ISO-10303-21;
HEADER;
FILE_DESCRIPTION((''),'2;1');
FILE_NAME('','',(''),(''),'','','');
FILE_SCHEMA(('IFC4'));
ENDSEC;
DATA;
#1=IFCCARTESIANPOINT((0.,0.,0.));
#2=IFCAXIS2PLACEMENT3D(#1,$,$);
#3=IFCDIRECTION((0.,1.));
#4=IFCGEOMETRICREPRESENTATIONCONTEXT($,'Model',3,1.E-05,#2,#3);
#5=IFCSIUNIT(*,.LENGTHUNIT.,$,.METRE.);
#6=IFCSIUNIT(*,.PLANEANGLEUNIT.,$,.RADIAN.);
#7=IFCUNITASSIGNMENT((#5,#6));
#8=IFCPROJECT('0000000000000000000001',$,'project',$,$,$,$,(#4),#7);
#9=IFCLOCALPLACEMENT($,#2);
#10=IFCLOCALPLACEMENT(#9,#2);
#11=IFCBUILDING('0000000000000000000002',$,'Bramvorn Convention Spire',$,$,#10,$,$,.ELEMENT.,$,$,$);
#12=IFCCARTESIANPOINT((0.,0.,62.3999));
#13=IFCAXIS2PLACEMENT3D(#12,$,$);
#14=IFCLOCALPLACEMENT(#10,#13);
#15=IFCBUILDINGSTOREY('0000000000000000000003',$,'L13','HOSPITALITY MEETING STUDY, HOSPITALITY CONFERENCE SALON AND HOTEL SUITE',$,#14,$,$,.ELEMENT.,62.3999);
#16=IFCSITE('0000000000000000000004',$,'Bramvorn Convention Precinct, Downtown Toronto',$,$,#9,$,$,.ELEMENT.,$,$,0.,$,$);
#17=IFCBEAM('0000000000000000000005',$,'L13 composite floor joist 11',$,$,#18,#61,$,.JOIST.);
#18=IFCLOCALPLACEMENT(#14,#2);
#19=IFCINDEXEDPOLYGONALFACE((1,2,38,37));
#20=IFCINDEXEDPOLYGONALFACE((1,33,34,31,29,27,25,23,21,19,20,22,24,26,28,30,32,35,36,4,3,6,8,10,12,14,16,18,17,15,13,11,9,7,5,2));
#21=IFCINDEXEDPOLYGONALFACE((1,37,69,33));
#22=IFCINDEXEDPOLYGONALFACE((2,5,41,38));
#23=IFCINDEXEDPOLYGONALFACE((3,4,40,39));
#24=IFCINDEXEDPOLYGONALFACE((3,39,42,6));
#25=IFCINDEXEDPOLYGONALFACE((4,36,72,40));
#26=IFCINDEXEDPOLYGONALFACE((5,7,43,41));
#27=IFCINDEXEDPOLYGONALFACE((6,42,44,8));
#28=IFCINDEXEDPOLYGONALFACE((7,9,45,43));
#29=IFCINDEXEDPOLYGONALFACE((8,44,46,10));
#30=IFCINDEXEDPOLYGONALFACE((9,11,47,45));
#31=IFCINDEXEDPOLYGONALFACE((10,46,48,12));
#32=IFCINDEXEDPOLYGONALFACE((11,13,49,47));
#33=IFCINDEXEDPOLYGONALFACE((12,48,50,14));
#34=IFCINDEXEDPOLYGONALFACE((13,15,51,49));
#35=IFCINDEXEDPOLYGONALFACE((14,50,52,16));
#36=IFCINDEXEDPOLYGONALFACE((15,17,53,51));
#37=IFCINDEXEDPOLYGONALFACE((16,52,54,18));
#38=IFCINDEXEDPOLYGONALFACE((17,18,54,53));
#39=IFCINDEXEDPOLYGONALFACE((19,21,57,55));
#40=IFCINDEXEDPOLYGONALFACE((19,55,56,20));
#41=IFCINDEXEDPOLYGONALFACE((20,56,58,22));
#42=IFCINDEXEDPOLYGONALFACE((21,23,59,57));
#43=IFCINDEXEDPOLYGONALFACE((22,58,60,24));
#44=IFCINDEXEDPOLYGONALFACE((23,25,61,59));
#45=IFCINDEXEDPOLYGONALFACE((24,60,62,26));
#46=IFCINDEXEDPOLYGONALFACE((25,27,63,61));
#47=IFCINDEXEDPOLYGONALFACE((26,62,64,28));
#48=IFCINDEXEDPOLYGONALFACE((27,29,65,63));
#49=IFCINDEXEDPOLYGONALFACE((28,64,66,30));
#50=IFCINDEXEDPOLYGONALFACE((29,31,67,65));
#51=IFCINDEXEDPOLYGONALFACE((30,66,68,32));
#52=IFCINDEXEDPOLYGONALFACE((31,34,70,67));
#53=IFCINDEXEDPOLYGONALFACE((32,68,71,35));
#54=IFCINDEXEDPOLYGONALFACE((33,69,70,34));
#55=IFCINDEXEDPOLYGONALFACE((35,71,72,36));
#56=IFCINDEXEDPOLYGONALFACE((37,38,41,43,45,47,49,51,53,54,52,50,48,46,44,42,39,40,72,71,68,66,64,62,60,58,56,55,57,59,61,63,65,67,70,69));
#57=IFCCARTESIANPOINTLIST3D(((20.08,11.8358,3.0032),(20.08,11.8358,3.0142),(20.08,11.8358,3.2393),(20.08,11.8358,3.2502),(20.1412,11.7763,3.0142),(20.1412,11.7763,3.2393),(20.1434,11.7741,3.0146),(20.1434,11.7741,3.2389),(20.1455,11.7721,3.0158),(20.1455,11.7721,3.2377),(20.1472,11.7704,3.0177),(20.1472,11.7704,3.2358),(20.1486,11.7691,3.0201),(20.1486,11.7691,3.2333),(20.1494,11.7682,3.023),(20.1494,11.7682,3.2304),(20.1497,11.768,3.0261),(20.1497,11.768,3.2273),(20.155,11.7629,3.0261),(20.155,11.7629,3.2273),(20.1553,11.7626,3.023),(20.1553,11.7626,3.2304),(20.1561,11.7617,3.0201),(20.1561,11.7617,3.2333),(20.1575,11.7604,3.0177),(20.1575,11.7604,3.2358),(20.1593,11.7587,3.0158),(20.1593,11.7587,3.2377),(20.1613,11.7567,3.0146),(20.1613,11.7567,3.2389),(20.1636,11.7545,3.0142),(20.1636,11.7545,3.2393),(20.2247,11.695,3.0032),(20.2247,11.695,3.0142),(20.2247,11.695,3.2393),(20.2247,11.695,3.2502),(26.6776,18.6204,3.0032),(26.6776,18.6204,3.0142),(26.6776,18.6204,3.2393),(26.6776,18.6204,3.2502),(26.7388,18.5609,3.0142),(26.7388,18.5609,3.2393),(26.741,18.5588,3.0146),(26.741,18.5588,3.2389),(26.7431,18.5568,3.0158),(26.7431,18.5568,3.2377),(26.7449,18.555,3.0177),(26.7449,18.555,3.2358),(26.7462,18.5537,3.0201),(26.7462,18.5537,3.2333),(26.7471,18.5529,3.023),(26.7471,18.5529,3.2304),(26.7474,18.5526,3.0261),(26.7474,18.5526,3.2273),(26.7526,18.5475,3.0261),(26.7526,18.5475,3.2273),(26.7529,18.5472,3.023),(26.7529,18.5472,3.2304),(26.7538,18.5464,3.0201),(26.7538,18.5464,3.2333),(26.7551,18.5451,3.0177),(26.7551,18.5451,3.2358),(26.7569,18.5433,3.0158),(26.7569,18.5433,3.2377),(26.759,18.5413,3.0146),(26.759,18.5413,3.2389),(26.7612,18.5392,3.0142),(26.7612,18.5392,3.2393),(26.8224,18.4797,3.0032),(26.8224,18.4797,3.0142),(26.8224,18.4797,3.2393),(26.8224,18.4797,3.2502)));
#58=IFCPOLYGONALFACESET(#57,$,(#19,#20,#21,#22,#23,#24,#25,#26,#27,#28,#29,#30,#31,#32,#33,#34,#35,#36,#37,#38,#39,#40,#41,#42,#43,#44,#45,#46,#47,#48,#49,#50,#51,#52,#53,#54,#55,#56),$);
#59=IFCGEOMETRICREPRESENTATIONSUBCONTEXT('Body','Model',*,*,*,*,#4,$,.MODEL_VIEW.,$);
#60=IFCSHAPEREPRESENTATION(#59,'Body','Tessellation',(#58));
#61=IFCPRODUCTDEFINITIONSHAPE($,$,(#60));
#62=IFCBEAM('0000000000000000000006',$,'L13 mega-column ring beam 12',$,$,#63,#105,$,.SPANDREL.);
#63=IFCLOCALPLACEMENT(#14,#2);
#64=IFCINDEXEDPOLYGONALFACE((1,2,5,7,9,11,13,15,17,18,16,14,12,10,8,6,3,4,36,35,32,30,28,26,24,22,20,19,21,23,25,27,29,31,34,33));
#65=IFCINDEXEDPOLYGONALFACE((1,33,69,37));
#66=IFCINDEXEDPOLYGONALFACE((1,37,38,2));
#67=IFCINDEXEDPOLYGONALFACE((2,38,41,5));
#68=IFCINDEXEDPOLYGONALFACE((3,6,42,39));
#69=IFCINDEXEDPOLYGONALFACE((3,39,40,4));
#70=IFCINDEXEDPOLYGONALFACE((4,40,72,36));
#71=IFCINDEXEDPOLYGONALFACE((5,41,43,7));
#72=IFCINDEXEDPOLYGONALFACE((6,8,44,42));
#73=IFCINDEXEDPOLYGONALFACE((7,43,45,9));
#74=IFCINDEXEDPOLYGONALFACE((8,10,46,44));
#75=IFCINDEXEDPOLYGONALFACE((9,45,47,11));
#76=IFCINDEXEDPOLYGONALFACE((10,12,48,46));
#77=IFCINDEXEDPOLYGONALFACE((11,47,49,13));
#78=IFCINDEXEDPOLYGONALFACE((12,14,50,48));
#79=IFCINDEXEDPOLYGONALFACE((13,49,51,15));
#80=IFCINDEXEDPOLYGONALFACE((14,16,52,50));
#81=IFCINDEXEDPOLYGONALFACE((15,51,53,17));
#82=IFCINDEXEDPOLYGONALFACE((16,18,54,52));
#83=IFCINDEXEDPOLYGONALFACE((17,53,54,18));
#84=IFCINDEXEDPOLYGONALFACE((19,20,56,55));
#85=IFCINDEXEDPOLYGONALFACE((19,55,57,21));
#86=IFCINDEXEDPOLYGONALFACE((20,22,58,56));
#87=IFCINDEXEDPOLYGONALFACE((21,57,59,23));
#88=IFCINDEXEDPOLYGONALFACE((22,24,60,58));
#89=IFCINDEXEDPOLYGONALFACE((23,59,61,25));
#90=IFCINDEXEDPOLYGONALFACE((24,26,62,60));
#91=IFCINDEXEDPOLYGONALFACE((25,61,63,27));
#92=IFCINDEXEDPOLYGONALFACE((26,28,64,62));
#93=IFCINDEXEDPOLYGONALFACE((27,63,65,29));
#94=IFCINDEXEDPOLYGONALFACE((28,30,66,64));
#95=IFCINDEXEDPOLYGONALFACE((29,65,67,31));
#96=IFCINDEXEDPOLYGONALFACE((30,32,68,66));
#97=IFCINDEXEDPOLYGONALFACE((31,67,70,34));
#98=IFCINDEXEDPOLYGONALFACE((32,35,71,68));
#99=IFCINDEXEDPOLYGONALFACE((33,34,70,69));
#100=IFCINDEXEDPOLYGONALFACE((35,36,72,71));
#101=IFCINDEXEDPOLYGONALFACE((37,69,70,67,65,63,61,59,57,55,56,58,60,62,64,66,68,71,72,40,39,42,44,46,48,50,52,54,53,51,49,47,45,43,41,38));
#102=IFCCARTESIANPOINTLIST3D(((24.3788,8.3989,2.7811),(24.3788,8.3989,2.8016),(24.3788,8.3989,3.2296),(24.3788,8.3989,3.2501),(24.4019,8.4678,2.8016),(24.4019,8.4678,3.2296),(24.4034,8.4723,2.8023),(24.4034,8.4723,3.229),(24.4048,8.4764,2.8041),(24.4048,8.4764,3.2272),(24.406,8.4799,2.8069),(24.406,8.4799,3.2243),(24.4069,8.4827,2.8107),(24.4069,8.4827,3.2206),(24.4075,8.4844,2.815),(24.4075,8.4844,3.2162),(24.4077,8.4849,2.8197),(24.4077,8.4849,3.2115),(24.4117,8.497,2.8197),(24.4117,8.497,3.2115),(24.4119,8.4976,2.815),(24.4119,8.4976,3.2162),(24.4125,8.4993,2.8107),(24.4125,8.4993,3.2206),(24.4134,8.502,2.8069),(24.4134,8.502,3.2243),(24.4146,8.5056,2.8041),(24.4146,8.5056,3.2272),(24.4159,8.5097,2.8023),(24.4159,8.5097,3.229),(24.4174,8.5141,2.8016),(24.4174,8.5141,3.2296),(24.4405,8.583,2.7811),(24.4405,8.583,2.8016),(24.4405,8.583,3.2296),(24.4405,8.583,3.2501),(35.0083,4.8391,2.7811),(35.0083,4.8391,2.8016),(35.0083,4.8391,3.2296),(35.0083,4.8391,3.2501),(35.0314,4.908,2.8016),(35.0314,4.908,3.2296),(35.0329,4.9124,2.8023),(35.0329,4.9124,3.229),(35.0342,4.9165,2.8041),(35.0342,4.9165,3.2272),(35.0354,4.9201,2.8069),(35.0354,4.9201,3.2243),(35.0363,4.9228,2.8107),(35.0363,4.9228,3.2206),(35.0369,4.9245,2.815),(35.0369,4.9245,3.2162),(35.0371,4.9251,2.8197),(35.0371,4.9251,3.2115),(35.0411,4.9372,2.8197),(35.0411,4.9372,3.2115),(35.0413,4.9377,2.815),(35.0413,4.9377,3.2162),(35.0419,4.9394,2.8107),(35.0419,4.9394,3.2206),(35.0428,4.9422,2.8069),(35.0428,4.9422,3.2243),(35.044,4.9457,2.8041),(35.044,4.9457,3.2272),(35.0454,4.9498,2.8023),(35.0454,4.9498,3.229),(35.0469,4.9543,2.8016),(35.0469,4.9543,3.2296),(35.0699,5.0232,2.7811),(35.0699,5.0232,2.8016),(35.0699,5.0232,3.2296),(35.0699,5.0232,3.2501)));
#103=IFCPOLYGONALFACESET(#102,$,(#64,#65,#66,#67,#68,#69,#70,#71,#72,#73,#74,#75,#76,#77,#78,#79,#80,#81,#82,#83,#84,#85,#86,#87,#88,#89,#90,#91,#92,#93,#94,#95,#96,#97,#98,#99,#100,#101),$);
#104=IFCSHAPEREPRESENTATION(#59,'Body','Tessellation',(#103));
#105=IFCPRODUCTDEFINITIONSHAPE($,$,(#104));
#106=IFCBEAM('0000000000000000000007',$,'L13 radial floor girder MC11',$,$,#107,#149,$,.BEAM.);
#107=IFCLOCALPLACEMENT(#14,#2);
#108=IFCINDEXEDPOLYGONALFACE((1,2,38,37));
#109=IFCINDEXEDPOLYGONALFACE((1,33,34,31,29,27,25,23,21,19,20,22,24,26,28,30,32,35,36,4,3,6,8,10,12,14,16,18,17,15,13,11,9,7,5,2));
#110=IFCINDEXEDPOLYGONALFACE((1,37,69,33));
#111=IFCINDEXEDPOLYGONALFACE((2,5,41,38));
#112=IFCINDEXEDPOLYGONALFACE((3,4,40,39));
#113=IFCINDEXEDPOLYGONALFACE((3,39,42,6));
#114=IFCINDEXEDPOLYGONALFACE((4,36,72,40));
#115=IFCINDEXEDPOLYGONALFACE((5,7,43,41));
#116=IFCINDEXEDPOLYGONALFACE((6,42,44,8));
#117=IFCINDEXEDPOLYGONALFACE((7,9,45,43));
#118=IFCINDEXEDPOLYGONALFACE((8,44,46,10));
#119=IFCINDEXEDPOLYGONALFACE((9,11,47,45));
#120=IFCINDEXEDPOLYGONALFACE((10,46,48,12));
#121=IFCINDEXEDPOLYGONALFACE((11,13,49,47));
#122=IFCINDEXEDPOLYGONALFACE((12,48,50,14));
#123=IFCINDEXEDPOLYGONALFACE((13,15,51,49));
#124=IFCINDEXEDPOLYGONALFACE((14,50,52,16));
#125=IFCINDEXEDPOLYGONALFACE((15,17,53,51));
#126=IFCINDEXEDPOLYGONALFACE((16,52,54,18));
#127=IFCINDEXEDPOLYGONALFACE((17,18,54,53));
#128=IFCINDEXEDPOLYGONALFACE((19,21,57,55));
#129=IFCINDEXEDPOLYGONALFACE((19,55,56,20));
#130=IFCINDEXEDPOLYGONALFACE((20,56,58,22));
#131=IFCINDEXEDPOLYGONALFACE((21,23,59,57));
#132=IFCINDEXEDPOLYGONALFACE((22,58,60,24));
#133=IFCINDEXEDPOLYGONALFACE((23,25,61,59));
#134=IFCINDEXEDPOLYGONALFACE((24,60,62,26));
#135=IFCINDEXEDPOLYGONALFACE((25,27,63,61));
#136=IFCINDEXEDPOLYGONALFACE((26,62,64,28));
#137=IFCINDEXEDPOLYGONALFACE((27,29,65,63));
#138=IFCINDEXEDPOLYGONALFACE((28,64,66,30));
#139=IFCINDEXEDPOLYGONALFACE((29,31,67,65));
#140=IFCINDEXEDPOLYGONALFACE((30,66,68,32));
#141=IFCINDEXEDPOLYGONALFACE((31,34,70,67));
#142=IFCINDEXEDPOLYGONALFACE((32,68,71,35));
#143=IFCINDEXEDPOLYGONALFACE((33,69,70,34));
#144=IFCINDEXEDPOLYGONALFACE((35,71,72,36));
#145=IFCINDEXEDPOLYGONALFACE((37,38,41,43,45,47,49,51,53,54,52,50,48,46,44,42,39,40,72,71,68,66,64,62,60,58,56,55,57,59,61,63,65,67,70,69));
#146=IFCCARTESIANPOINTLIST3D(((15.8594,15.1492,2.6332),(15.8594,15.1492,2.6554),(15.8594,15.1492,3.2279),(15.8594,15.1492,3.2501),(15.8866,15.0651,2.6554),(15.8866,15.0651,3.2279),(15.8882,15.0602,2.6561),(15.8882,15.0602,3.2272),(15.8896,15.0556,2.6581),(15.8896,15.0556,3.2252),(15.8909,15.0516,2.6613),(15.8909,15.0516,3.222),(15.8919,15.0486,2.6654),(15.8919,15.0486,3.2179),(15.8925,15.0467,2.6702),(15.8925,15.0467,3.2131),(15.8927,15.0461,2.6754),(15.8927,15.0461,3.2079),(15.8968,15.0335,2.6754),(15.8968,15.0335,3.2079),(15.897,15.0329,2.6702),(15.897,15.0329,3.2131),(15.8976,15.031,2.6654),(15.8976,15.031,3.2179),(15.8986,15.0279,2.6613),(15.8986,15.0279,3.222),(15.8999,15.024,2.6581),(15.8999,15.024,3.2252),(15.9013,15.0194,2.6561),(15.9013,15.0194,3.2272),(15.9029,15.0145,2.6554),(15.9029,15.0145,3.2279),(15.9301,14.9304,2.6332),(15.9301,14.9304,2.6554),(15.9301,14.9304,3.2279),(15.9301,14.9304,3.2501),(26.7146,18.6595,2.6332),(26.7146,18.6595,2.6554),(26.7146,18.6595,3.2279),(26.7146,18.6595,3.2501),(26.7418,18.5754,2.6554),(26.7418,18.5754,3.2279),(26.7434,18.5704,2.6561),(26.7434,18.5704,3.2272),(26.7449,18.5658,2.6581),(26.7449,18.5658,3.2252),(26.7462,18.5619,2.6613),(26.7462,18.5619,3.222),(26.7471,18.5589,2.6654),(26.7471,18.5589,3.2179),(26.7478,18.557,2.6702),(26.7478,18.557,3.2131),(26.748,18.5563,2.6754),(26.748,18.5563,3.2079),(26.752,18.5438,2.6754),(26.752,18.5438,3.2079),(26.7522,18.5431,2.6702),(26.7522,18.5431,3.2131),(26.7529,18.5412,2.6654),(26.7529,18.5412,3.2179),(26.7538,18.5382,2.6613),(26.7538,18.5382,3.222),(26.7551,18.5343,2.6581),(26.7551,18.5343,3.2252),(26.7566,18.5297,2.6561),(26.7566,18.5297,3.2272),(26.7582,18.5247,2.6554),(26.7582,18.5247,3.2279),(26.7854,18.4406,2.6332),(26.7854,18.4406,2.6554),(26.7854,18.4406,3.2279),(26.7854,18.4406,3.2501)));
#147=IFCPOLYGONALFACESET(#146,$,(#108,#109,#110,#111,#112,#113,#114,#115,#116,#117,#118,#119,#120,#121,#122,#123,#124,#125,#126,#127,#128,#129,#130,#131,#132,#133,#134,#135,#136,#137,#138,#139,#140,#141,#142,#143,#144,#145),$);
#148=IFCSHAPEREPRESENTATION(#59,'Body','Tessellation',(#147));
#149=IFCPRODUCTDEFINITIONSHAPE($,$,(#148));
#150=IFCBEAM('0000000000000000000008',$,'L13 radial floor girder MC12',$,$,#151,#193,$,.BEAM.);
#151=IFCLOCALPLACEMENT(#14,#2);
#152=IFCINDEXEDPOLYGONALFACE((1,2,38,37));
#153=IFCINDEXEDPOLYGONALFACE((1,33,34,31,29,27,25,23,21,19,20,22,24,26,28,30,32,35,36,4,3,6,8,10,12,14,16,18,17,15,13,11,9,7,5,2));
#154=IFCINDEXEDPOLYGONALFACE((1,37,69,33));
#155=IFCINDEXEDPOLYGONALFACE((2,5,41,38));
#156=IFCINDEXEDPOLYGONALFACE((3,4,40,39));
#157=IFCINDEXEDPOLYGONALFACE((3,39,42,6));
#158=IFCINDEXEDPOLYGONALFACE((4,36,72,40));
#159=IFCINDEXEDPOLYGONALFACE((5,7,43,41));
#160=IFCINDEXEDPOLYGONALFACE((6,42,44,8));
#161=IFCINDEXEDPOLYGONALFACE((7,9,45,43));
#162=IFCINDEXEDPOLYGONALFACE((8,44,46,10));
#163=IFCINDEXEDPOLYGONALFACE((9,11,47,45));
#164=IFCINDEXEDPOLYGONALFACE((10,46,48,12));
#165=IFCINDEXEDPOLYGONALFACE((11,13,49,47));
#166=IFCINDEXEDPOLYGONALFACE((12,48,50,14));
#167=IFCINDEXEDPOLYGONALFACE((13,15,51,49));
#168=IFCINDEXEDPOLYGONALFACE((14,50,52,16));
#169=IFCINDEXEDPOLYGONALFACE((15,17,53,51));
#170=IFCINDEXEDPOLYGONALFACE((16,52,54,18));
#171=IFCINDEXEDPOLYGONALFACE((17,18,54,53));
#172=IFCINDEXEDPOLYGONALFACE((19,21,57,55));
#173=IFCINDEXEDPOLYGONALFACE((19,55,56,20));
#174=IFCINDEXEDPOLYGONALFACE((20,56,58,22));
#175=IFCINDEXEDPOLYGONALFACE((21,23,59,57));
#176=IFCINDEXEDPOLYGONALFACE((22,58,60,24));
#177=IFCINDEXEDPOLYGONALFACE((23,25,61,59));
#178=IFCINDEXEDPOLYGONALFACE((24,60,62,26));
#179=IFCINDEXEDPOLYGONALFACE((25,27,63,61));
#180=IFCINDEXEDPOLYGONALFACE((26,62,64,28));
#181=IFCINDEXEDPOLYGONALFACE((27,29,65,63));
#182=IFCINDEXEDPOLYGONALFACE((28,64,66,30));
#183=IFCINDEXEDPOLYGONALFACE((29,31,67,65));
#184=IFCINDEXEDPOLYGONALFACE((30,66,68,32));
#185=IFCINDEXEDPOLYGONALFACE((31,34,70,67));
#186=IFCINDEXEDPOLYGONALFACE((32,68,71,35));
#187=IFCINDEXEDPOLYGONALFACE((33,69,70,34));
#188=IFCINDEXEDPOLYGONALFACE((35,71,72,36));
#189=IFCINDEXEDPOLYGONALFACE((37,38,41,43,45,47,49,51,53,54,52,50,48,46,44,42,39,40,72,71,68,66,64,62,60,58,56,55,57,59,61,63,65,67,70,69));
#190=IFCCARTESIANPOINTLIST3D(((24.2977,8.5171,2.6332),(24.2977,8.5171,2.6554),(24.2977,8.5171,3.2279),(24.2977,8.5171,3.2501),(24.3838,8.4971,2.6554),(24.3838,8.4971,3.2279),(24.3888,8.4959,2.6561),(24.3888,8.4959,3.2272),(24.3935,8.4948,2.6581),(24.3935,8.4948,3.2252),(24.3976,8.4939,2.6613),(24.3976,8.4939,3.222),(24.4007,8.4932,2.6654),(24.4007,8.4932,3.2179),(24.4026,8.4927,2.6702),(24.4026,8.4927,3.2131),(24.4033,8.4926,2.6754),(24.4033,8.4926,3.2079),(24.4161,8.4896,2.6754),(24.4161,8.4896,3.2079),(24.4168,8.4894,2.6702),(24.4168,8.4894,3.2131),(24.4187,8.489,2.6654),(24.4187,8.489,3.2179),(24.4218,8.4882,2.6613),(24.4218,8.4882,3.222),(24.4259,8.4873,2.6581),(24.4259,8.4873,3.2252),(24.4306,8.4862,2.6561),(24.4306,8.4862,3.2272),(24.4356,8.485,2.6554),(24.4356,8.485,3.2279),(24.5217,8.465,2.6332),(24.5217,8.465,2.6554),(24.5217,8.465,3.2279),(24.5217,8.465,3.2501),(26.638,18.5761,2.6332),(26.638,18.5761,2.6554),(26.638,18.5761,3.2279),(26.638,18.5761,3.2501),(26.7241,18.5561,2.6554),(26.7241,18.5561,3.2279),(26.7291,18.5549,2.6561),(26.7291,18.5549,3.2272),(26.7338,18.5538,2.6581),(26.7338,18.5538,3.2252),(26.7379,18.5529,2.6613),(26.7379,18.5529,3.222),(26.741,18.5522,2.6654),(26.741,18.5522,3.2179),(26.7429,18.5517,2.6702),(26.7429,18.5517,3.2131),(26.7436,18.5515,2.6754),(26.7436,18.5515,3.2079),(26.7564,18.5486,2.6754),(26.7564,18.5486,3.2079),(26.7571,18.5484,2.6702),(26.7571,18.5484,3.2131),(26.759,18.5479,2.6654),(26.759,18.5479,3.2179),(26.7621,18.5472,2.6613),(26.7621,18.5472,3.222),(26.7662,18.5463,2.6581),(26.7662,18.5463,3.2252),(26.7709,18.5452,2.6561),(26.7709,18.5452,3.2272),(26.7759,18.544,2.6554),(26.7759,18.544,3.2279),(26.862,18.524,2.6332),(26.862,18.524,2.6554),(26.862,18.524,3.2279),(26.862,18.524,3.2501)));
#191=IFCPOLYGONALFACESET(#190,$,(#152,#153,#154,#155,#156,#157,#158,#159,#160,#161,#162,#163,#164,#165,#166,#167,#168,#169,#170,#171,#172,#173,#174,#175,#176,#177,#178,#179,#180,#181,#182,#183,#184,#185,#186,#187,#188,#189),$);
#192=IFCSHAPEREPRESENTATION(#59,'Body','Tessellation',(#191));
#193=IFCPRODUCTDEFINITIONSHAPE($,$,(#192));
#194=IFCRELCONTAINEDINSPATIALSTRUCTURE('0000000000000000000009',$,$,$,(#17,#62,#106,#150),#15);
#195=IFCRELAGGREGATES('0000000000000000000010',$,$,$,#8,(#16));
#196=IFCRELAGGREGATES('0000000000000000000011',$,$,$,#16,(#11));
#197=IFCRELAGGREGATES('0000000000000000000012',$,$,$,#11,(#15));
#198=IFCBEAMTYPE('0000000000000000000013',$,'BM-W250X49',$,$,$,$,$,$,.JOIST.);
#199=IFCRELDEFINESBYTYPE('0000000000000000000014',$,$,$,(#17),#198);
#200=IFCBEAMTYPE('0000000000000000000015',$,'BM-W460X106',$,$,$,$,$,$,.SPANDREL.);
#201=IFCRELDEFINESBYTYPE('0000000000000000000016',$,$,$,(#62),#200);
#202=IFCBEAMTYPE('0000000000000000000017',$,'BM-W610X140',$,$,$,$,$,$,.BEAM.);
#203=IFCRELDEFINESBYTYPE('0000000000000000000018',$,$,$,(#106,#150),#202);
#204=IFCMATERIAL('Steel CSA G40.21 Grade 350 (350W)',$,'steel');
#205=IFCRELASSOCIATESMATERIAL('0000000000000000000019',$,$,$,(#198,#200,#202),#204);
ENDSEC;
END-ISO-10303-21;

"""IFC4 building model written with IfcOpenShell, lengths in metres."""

from ifc_helpers import new_model, si_unit, direction, frame, origin, origin_2d, place, context, subcontext, project, spatial, i_section, extrude, material, material_profile, profile_set, type_object, element, save


model = new_model("IFC4")

# Units and contexts
model_context = context("Model", 3, precision=1e-05, world=origin(), true_north=direction((0.0, 1.0)))
body_context = subcontext(model_context, "Body", "Model", "MODEL_VIEW")
ifc_project = project(units=[si_unit("LENGTHUNIT", "METRE"), si_unit("PLANEANGLEUNIT", "RADIAN")], contexts=[model_context])

# Site, building, storey
site_placement = place(None, origin())
site = spatial("IfcSite", under=ifc_project, at=site_placement, Name="Bramvorn Convention Precinct, Downtown Toronto", CompositionType="ELEMENT", RefElevation=0.0)
building_placement = place(site_placement, origin())
building = spatial("IfcBuilding", under=site, at=building_placement, Name="Bramvorn Convention Spire", CompositionType="ELEMENT")
storey_placement = place(building_placement, frame((0.0, 0.0, 62.3999)))
storey = spatial("IfcBuildingStorey", under=building, at=storey_placement, Name="L13", Description="HOSPITALITY MEETING STUDY, HOSPITALITY CONFERENCE SALON AND HOTEL SUITE", CompositionType="ELEMENT", Elevation=62.3999)

# Beams
ifc_material_1 = material(Name="Steel CSA G40.21 Grade 350 (350W)", Category="steel")
ifc_material_profile_1 = material_profile(ifc_material_1, i_section(OverallWidth=0.2019, OverallDepth=0.2471, WebThickness=0.0073, FlangeThickness=0.011, FilletRadius=0.012, at=origin_2d()))
ifc_profile_set_1 = profile_set([ifc_material_profile_1], Name="Steel CSA G40.21 Grade 350 (350W) - W250X49")
beam_type_1 = type_object("IfcBeamType", Name="BM-W250X49", PredefinedType="JOIST", material=ifc_profile_set_1)
beam_1_placement = place(storey_placement, frame((26.75, 18.55, 3.1267), z_axis=(-0.697157, -0.716918, 0.0), x_axis=(0.716918, -0.697157, 0.0)))
element("IfcBeam", 1, at=beam_1_placement, inside=storey, type_object=beam_type_1, Name="L13 composite floor joist 11", PredefinedType="JOIST", context=body_context, shape_type="SweptSolid", body=[
    extrude(i_section(OverallWidth=0.2019, OverallDepth=0.2471, WebThickness=0.0073, FlangeThickness=0.011, FilletRadius=0.012, at=origin_2d()), origin(), (0.0, 0.0, 1.0), 9.4636),
])
ifc_material_profile_2 = material_profile(ifc_material_1, i_section(OverallWidth=0.1941, OverallDepth=0.469, WebThickness=0.0127, FlangeThickness=0.0205, FilletRadius=0.0181, at=origin_2d()))
ifc_profile_set_2 = profile_set([ifc_material_profile_2], Name="Steel CSA G40.21 Grade 350 (350W) - W460X106")
beam_type_2 = type_object("IfcBeamType", Name="BM-W460X106", PredefinedType="SPANDREL", material=ifc_profile_set_2)
beam_2_placement = place(storey_placement, frame((24.4097, 8.491, 3.0156), z_axis=(0.948236, -0.317567, 0.0), x_axis=(0.317567, 0.948236, 0.0)))
element("IfcBeam", 2, at=beam_2_placement, inside=storey, type_object=beam_type_2, Name="L13 mega-column ring beam 12", PredefinedType="SPANDREL", context=body_context, shape_type="SweptSolid", body=[
    extrude(i_section(OverallWidth=0.1941, OverallDepth=0.469, WebThickness=0.0127, FlangeThickness=0.0205, FilletRadius=0.0181, at=origin_2d()), origin(), (0.0, 0.0, 1.0), 11.2097),
])
ifc_material_profile_3 = material_profile(ifc_material_1, i_section(OverallWidth=0.23, OverallDepth=0.6169, WebThickness=0.0132, FlangeThickness=0.0222, FilletRadius=0.02, at=origin_2d()))
ifc_profile_set_3 = profile_set([ifc_material_profile_3], Name="Steel CSA G40.21 Grade 350 (350W) - W610X140")
beam_type_3 = type_object("IfcBeamType", Name="BM-W610X140", PredefinedType="BEAM", material=ifc_profile_set_3)
beam_3_placement = place(storey_placement, frame((26.75, 18.55, 2.9417), z_axis=(-0.951489, -0.307683, 0.0), x_axis=(0.307683, -0.951489, 0.0)))
element("IfcBeam", 3, at=beam_3_placement, inside=storey, type_object=beam_type_3, Name="L13 radial floor girder MC11", PredefinedType="BEAM", context=body_context, shape_type="SweptSolid", body=[
    extrude(i_section(OverallWidth=0.23, OverallDepth=0.6169, WebThickness=0.0132, FlangeThickness=0.0222, FilletRadius=0.02, at=origin_2d()), origin(), (0.0, 0.0, 1.0), 11.4087),
])
beam_4_placement = place(storey_placement, frame((26.75, 18.55, 2.9417), z_axis=(-0.226606, -0.973986, 0.0), x_axis=(0.973986, -0.226606, 0.0)))
element("IfcBeam", 4, at=beam_4_placement, inside=storey, type_object=beam_type_3, Name="L13 radial floor girder MC12", PredefinedType="BEAM", context=body_context, shape_type="SweptSolid", body=[
    extrude(i_section(OverallWidth=0.23, OverallDepth=0.6169, WebThickness=0.0132, FlangeThickness=0.0222, FilletRadius=0.02, at=origin_2d()), origin(), (0.0, 0.0, 1.0), 10.3276),
])

save(model, "model.ifc")
